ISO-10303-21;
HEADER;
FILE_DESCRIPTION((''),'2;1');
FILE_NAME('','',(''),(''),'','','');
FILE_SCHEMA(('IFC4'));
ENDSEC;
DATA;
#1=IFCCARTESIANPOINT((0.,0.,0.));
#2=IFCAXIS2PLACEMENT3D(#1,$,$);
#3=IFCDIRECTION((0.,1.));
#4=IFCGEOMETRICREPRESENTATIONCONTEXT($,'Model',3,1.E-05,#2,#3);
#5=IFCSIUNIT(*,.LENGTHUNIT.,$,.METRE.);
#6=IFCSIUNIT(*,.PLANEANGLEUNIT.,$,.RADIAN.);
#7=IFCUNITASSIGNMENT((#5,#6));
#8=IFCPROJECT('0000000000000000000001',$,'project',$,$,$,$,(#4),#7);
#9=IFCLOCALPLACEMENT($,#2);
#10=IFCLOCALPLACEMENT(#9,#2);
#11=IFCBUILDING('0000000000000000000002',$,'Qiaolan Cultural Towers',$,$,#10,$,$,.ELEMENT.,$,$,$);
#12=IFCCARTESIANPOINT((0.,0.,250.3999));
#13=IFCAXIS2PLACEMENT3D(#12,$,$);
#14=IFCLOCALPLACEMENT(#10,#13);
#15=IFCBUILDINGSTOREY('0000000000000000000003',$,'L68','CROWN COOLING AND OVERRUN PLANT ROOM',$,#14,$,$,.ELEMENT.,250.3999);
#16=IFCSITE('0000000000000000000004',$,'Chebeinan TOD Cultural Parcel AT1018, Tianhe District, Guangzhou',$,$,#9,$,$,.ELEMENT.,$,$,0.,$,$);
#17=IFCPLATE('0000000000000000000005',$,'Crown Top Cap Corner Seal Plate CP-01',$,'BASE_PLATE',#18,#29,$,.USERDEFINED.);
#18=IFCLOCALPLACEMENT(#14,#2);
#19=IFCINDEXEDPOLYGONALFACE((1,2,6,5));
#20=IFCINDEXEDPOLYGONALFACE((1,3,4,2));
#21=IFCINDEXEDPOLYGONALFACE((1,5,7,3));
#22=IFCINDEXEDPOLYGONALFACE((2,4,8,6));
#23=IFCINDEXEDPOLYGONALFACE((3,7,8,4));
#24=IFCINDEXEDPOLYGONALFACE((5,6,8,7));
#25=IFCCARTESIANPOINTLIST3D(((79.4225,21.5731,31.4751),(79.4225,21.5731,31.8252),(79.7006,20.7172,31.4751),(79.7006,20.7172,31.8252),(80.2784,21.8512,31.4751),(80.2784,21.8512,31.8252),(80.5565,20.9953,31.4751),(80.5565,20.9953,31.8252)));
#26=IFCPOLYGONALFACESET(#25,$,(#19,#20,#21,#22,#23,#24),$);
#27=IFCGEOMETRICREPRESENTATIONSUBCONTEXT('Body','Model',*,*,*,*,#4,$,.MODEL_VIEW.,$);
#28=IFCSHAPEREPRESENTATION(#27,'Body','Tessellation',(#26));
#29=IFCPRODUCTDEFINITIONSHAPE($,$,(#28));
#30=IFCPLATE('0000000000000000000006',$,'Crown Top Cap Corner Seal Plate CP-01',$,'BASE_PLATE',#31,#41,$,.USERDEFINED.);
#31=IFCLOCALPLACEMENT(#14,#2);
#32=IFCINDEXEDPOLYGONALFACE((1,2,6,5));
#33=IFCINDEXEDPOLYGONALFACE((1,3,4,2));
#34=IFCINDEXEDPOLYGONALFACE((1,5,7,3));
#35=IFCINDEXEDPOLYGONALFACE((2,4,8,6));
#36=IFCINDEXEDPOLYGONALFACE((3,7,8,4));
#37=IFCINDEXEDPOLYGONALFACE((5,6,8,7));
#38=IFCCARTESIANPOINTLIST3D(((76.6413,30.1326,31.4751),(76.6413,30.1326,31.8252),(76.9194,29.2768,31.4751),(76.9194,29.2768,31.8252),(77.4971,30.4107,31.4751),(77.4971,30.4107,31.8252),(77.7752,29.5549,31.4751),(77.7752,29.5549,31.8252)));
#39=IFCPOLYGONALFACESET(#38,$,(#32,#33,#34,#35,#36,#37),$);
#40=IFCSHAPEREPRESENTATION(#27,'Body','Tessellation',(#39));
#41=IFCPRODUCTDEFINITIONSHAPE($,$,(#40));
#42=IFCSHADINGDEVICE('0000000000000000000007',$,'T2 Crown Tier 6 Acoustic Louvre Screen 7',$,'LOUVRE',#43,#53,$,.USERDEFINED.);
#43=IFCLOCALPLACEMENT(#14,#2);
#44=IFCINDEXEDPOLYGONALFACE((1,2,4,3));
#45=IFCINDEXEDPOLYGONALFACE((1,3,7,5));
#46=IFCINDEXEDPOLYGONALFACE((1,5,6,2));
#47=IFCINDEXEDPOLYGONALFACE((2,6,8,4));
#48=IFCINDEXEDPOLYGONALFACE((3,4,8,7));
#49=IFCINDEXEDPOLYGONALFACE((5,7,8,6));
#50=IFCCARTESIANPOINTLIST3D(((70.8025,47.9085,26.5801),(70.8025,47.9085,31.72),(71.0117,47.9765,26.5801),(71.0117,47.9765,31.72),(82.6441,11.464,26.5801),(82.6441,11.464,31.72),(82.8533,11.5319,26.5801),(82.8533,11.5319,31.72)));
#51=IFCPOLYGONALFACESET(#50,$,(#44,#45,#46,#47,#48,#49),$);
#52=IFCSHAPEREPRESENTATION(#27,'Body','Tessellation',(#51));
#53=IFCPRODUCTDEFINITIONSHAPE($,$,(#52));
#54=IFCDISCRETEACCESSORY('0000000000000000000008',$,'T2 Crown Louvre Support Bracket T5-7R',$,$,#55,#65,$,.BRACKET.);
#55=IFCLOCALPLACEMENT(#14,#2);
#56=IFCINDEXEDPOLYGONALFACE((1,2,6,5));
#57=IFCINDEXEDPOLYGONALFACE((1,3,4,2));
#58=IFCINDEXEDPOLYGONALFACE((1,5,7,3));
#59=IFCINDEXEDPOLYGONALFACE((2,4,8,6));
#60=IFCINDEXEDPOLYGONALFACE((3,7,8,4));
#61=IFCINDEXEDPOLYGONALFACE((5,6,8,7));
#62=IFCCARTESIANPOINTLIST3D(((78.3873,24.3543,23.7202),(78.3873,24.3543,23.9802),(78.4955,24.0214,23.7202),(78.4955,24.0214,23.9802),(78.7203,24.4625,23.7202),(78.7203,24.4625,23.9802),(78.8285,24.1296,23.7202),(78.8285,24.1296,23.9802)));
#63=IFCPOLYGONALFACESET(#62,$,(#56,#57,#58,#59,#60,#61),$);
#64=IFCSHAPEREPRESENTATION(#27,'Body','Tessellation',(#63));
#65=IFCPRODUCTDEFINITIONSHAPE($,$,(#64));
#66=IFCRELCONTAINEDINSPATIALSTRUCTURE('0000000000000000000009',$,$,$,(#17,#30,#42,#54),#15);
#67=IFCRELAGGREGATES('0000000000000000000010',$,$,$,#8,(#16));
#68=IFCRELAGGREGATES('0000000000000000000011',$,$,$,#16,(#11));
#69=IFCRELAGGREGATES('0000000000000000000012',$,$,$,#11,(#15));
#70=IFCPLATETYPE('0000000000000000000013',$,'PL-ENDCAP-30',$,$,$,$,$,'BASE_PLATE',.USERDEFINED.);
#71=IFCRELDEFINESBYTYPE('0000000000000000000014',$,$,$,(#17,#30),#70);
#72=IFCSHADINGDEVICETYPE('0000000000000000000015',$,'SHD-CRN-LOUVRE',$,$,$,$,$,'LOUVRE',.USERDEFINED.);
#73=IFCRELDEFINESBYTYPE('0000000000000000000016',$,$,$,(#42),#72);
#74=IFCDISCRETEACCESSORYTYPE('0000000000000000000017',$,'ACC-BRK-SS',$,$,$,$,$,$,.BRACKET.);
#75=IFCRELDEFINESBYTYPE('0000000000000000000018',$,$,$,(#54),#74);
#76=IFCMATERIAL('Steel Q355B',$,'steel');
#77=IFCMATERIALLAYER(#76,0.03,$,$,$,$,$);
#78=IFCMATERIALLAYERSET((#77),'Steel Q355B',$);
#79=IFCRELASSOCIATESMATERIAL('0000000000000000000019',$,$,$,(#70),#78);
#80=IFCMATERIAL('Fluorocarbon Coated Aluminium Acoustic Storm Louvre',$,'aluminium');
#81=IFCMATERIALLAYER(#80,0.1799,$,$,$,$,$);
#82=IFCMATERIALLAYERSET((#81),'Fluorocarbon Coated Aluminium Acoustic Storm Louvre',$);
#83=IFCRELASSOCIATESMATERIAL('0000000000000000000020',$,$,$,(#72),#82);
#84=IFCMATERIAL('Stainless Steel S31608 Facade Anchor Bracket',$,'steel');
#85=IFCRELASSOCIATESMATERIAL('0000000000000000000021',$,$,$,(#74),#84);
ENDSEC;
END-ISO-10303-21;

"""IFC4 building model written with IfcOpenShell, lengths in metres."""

from ifc_helpers import new_model, si_unit, direction, frame, origin, origin_2d, place, context, subcontext, project, spatial, rectangle, extrude, material, layer, layer_set, type_object, element, save


model = new_model("IFC4")

# Units and contexts
model_context = context("Model", 3, precision=1e-05, world=origin(), true_north=direction((0.0, 1.0)))
body_context = subcontext(model_context, "Body", "Model", "MODEL_VIEW")
ifc_project = project(units=[si_unit("LENGTHUNIT", "METRE"), si_unit("PLANEANGLEUNIT", "RADIAN")], contexts=[model_context])

# Site, building, storey
site_placement = place(None, origin())
site = spatial("IfcSite", under=ifc_project, at=site_placement, Name="Chebeinan TOD Cultural Parcel AT1018, Tianhe District, Guangzhou", CompositionType="ELEMENT", RefElevation=0.0)
building_placement = place(site_placement, origin())
building = spatial("IfcBuilding", under=site, at=building_placement, Name="Qiaolan Cultural Towers", CompositionType="ELEMENT")
storey_placement = place(building_placement, frame((0.0, 0.0, 250.3999)))
storey = spatial("IfcBuildingStorey", under=building, at=storey_placement, Name="L68", Description="CROWN COOLING AND OVERRUN PLANT ROOM", CompositionType="ELEMENT", Elevation=250.3999)

# Plates
ifc_material_1 = material(Name="Steel Q355B", Category="steel")
ifc_layer_1 = layer(ifc_material_1, 0.03)
ifc_layer_set_1 = layer_set([ifc_layer_1], Name="Steel Q355B")
plate_type_1 = type_object("IfcPlateType", Name="PL-ENDCAP-30", ElementType="BASE_PLATE", PredefinedType="USERDEFINED", material=ifc_layer_set_1)
for number, where, z_axis, x_axis, name in (
    (1, (79.9895, 21.2842, 31.4751), (0.0, 0.0, 1.0), (0.951057, 0.309017, 0.0), "Crown Top Cap Corner Seal Plate CP-01"),
    (2, (77.2083, 29.8438, 31.4751), (0.0, 0.0, 1.0), (0.951057, 0.309017, 0.0), "Crown Top Cap Corner Seal Plate CP-01"),
):
    element("IfcPlate", number, at=place(storey_placement, frame(where, z_axis=z_axis, x_axis=x_axis)), inside=storey, type_object=plate_type_1, Name=name, ObjectType="BASE_PLATE", PredefinedType="USERDEFINED", context=body_context, shape_type="SweptSolid", body=[
        extrude(rectangle(XDim=0.8999, YDim=0.8999, at=origin_2d()), origin(), (0.0, 0.0, 1.0), 0.3501),
    ])

# Shading device
ifc_material_2 = material(Name="Fluorocarbon Coated Aluminium Acoustic Storm Louvre", Category="aluminium")
ifc_layer_2 = layer(ifc_material_2, 0.1799)
ifc_layer_set_2 = layer_set([ifc_layer_2], Name="Fluorocarbon Coated Aluminium Acoustic Storm Louvre")
shading_device_type = type_object("IfcShadingDeviceType", Name="SHD-CRN-LOUVRE", ElementType="LOUVRE", PredefinedType="USERDEFINED", material=ifc_layer_set_2)
shading_device_placement = place(storey_placement, frame((76.8279, 29.7202, 26.5801), z_axis=(0.0, 0.0, 1.0), x_axis=(0.309017, -0.951057, 0.0)))
element("IfcShadingDevice", 3, at=shading_device_placement, inside=storey, type_object=shading_device_type, Name="T2 Crown Tier 6 Acoustic Louvre Screen 7", ObjectType="LOUVRE", PredefinedType="USERDEFINED", context=body_context, shape_type="SweptSolid", body=[
    extrude(rectangle(XDim=38.3201, YDim=0.22, at=origin_2d()), origin(), (0.0, 0.0, 1.0), 5.1399),
])

# Discrete accessory
ifc_material_3 = material(Name="Stainless Steel S31608 Facade Anchor Bracket", Category="steel")
discrete_accessory_type = type_object("IfcDiscreteAccessoryType", Name="ACC-BRK-SS", PredefinedType="BRACKET", material=ifc_material_3)
discrete_accessory_placement = place(storey_placement, frame((78.6079, 24.2419, 23.7202), z_axis=(0.0, 0.0, 1.0), x_axis=(0.309017, -0.951057, 0.0)))
element("IfcDiscreteAccessory", 4, at=discrete_accessory_placement, inside=storey, type_object=discrete_accessory_type, Name="T2 Crown Louvre Support Bracket T5-7R", PredefinedType="BRACKET", context=body_context, shape_type="SweptSolid", body=[
    extrude(rectangle(XDim=0.3501, YDim=0.3501, at=origin_2d()), origin(), (0.0, 0.0, 1.0), 0.26),
])

save(model, "model.ifc")
